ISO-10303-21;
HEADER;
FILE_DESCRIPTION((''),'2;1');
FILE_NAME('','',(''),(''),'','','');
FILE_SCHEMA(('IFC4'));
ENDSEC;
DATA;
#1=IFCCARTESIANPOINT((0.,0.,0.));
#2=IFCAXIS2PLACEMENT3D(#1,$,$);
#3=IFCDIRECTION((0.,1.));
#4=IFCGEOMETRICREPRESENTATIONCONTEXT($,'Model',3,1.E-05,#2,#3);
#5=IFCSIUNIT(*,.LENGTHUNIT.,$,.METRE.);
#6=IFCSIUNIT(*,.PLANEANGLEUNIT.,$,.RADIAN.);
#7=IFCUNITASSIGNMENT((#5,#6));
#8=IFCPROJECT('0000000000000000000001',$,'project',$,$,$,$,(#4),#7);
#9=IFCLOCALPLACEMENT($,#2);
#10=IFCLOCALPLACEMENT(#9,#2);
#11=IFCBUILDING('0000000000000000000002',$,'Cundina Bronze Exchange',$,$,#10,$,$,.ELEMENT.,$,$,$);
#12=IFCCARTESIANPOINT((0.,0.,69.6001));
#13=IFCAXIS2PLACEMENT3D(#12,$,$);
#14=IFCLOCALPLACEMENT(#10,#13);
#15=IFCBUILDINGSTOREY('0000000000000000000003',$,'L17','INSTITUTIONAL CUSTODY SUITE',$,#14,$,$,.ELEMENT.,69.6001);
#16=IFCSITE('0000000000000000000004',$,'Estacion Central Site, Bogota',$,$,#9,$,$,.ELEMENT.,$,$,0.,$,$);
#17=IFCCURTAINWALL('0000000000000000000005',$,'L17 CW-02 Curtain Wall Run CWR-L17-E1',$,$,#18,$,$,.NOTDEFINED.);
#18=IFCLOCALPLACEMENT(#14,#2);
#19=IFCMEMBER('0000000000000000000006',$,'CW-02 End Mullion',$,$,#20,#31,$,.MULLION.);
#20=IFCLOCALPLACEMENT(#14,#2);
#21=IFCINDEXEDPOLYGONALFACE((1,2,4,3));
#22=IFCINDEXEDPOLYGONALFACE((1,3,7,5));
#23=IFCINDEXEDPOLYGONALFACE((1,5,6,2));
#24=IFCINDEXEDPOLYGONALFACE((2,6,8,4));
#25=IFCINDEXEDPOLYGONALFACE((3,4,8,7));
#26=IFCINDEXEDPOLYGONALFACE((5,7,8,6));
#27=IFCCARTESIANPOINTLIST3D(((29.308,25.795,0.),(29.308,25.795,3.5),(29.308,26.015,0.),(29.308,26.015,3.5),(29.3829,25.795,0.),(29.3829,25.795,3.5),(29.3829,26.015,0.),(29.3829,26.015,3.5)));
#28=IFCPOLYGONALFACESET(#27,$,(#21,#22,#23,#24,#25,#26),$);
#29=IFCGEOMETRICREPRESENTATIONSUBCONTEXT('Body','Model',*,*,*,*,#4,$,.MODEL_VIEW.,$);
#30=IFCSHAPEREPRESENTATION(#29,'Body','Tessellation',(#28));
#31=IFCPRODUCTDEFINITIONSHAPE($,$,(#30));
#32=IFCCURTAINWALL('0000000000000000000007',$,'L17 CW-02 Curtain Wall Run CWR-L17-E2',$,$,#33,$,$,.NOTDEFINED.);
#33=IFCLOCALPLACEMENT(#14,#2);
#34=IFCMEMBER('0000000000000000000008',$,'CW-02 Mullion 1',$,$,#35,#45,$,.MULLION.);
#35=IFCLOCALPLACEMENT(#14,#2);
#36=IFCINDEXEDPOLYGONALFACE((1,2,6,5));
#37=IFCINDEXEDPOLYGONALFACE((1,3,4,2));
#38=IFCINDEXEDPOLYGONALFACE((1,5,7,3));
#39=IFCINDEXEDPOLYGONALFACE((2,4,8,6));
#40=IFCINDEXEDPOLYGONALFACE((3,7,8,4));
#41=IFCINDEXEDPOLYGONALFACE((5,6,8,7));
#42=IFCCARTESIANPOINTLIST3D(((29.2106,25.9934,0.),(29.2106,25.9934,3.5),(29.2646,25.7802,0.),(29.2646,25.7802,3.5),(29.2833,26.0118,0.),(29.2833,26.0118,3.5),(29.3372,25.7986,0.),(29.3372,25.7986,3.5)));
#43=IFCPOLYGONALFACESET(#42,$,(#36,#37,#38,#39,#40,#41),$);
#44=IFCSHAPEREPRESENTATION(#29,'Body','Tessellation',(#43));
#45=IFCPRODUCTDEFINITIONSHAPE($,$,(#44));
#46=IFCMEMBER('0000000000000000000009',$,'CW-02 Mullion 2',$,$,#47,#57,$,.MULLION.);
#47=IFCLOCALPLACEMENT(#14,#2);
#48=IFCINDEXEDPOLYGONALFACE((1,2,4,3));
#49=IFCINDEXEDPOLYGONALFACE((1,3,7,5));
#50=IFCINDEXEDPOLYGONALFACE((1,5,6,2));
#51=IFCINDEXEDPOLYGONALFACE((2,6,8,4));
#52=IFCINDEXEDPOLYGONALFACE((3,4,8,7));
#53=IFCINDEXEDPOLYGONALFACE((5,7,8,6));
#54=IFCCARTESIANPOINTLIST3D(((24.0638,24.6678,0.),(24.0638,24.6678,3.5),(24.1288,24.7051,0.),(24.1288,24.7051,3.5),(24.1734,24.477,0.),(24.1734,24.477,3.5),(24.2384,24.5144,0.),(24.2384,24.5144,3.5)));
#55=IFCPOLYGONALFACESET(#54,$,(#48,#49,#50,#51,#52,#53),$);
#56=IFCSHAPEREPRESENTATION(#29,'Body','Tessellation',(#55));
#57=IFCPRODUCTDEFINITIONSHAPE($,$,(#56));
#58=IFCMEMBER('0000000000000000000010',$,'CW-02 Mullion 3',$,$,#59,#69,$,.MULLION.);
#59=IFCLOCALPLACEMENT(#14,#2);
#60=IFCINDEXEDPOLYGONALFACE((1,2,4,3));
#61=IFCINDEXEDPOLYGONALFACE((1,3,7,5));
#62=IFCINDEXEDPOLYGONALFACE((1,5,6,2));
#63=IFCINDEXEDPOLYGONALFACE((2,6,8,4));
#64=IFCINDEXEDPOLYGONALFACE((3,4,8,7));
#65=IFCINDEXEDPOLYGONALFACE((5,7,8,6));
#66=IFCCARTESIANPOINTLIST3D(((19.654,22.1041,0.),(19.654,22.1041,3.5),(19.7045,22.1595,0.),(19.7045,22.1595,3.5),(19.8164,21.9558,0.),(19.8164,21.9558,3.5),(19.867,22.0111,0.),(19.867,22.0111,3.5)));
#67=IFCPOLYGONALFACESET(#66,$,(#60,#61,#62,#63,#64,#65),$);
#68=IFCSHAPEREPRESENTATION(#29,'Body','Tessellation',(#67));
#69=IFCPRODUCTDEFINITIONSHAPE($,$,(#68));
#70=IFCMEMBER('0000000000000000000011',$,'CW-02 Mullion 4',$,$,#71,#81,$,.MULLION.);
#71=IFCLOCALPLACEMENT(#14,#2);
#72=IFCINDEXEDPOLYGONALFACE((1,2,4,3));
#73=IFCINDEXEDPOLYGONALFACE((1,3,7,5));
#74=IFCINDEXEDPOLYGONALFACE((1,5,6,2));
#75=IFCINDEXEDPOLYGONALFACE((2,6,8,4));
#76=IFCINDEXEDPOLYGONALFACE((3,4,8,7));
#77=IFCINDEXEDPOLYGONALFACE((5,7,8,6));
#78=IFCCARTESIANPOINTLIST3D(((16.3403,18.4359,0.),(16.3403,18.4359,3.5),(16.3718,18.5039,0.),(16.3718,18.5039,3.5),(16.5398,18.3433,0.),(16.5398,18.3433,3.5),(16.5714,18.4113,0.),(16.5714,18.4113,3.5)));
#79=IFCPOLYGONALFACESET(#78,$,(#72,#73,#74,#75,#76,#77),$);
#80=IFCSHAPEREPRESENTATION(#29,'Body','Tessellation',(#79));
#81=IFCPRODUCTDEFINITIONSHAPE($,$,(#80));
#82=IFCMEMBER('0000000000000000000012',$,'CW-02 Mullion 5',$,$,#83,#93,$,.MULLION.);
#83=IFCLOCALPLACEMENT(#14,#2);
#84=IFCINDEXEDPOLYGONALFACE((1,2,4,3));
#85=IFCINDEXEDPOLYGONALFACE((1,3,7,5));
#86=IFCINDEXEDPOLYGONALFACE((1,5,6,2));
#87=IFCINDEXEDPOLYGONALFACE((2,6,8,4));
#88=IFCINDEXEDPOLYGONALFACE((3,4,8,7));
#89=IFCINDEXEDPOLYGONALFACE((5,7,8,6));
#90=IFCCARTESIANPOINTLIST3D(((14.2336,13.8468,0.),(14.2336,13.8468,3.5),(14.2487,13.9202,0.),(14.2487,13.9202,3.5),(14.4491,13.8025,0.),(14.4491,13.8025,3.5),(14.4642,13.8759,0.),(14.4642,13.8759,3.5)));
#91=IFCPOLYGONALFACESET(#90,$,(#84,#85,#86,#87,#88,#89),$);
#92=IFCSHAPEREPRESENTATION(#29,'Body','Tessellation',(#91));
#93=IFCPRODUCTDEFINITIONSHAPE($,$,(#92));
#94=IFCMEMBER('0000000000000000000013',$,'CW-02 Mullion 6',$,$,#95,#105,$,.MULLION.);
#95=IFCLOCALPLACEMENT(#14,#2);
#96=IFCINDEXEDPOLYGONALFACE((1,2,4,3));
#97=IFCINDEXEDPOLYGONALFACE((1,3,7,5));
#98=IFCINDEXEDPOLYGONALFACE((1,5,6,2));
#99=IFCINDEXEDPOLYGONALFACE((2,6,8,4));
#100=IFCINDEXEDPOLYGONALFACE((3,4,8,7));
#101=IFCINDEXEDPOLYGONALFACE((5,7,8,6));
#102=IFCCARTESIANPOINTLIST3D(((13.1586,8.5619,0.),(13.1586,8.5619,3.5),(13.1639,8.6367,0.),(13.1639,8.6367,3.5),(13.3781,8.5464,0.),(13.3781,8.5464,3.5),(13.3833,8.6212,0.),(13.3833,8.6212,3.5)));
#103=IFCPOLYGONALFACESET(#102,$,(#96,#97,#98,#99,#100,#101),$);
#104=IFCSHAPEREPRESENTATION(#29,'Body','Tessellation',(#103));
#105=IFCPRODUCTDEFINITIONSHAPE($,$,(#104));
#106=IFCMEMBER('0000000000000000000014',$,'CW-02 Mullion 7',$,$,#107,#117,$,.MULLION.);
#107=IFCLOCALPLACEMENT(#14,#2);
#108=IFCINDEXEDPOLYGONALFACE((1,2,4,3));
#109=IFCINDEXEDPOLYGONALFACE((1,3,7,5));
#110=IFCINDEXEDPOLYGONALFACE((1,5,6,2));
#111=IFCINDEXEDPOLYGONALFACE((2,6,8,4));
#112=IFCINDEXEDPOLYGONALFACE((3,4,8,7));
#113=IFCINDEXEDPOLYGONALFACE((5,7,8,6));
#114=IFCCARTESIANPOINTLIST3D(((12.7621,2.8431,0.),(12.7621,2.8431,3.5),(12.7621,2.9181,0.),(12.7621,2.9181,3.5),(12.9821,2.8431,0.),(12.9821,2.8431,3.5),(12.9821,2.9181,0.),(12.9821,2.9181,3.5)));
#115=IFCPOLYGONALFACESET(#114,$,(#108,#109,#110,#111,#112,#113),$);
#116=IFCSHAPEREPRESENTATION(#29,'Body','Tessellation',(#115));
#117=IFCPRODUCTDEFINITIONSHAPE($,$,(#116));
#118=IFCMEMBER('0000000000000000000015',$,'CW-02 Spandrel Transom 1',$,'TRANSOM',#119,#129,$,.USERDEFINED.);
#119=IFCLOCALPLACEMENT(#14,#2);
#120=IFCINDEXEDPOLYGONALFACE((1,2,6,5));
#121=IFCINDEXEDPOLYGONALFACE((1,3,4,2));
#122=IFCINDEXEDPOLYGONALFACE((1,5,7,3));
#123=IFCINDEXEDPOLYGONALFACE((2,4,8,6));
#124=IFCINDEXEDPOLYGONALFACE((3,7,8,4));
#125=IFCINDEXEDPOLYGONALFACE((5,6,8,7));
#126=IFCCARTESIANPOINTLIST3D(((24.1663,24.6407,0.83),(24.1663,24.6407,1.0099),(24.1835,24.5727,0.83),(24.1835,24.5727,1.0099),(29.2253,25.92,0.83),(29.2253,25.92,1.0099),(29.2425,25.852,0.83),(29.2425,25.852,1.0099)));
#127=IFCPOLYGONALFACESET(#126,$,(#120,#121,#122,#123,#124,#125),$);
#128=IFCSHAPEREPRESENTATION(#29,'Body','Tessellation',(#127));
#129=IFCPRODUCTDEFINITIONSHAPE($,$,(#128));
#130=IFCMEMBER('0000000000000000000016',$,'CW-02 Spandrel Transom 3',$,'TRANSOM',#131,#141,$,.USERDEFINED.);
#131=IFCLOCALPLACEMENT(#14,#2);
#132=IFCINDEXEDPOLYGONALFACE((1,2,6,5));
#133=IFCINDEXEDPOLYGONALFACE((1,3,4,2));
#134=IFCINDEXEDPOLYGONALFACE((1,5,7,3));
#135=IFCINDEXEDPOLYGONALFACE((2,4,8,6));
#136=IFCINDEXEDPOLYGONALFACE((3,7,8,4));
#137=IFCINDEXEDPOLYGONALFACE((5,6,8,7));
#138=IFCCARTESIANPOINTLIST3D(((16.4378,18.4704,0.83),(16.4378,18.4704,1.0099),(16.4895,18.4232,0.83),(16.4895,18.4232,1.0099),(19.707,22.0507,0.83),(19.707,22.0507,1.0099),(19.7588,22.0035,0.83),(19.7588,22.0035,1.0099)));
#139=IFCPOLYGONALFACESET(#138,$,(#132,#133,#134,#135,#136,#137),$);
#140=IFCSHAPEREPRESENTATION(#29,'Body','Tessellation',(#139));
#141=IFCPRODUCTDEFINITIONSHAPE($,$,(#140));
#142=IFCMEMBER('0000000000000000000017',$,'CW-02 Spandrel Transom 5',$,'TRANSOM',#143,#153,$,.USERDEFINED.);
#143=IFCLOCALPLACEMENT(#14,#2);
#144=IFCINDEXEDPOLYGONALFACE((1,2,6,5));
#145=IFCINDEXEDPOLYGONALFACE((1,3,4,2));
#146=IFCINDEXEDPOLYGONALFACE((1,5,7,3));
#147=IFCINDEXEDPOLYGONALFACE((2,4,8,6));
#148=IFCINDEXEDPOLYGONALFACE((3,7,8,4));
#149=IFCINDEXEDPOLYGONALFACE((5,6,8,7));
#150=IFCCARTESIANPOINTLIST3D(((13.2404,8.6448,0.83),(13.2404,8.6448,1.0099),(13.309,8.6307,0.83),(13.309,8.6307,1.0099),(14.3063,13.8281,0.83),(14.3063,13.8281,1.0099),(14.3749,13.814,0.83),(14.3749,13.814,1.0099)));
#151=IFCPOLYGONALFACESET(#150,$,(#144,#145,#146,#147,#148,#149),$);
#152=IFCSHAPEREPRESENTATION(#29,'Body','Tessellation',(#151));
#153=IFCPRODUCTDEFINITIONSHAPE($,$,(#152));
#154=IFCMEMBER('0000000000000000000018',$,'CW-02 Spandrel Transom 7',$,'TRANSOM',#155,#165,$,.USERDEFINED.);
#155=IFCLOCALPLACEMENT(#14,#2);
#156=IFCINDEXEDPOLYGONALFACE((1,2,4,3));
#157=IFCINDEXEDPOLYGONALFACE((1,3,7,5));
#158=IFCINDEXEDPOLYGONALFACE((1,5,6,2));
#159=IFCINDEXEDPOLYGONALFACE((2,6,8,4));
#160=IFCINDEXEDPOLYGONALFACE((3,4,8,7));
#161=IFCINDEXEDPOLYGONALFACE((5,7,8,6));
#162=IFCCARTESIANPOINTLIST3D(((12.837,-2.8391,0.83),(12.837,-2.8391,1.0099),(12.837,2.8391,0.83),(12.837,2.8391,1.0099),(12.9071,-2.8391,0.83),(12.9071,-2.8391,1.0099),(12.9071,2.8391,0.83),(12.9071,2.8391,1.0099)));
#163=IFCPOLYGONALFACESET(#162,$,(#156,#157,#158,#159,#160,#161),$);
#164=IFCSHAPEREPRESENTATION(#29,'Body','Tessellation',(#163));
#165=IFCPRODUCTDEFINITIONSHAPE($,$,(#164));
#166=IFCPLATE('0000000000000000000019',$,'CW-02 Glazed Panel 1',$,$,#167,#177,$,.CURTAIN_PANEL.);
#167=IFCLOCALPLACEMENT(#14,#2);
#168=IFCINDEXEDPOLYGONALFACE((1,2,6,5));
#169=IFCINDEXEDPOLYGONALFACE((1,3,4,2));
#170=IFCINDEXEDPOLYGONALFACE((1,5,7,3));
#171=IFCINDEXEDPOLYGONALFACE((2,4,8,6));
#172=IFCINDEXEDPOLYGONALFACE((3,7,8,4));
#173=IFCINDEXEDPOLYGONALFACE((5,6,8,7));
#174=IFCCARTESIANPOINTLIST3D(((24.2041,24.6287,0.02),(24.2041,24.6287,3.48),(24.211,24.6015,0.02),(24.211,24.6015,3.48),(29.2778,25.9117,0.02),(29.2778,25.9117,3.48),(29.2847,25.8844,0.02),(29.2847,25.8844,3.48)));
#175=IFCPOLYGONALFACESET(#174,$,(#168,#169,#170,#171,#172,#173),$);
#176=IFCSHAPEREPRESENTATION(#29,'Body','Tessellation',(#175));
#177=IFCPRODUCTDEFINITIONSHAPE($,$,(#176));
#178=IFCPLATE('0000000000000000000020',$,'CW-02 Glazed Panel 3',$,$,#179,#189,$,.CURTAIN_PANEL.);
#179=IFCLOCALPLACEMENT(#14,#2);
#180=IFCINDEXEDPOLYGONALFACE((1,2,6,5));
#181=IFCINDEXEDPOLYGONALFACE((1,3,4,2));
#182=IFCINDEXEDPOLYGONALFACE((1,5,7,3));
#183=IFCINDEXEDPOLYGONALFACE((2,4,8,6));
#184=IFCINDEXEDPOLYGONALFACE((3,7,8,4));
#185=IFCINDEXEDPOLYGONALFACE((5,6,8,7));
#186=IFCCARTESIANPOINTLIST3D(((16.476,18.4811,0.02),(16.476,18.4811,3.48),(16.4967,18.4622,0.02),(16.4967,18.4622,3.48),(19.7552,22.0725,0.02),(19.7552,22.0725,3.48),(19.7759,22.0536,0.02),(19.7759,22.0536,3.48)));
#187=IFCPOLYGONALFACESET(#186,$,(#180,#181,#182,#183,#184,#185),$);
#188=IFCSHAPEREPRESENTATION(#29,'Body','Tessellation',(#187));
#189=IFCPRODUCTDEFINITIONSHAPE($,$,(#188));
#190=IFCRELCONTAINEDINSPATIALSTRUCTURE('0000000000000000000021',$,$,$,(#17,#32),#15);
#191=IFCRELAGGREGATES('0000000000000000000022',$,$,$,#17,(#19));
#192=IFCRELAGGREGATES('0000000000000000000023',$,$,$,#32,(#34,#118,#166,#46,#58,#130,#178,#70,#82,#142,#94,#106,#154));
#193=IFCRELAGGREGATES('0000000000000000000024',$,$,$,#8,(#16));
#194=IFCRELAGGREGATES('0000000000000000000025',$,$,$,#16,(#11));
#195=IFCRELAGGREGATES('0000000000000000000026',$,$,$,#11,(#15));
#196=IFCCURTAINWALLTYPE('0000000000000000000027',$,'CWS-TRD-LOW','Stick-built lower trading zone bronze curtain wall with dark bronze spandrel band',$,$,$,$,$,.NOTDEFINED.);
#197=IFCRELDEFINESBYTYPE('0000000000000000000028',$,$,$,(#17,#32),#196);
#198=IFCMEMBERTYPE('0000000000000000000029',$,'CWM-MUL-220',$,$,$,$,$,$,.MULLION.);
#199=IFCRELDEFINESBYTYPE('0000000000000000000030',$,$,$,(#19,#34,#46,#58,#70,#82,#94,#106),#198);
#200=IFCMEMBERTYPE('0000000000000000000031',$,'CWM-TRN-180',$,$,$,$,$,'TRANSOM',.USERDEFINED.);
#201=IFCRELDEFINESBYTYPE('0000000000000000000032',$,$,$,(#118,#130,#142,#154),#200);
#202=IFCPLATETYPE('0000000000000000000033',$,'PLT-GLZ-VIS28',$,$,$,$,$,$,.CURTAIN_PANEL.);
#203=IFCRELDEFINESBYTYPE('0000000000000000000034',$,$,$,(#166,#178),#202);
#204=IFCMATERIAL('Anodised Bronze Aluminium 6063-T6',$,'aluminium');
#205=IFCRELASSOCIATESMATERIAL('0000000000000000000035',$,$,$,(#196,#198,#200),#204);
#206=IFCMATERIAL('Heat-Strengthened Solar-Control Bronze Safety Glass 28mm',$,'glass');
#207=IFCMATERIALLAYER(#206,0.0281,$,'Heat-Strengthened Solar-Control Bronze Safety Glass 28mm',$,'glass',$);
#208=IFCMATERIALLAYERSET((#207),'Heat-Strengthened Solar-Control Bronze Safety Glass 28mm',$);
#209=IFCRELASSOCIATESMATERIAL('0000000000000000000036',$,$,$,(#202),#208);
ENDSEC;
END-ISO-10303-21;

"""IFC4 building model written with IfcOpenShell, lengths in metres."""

from ifc_helpers import new_model, si_unit, direction, frame, origin, origin_2d, place, context, subcontext, project, spatial, rectangle, extrude, material, layer, layer_set, material_profile, profile_set, type_object, element, aggregate, save


model = new_model("IFC4")

# Units and contexts
model_context = context("Model", 3, precision=1e-05, world=origin(), true_north=direction((0.0, 1.0)))
body_context = subcontext(model_context, "Body", "Model", "MODEL_VIEW")
ifc_project = project(units=[si_unit("LENGTHUNIT", "METRE"), si_unit("PLANEANGLEUNIT", "RADIAN")], contexts=[model_context])

# Site, building, storey
site_placement = place(None, origin())
site = spatial("IfcSite", under=ifc_project, at=site_placement, Name="Estacion Central Site, Bogota", CompositionType="ELEMENT", RefElevation=0.0)
building_placement = place(site_placement, origin())
building = spatial("IfcBuilding", under=site, at=building_placement, Name="Cundina Bronze Exchange", CompositionType="ELEMENT")
storey_placement = place(building_placement, frame((0.0, 0.0, 69.6001)))
storey = spatial("IfcBuildingStorey", under=building, at=storey_placement, Name="L17", Description="INSTITUTIONAL CUSTODY SUITE", CompositionType="ELEMENT", Elevation=69.6001)

# Curtain wall, member
ifc_material_1 = material(Name="Anodised Bronze Aluminium 6063-T6", Category="aluminium")
curtain_wall_type = type_object("IfcCurtainWallType", Name="CWS-TRD-LOW", Description="Stick-built lower trading zone bronze curtain wall with dark bronze spandrel band", PredefinedType="NOTDEFINED", material=ifc_material_1)
curtain_wall_1_placement = place(storey_placement, origin())
curtain_wall_1 = element("IfcCurtainWall", 1, at=curtain_wall_1_placement, inside=storey, type_object=curtain_wall_type, Name="L17 CW-02 Curtain Wall Run CWR-L17-E1", PredefinedType="NOTDEFINED")
ifc_material_profile_1 = material_profile(ifc_material_1, rectangle(XDim=0.075, YDim=0.22, at=origin_2d()), Name="AL75X220", Category="aluminium")
ifc_profile_set_1 = profile_set([ifc_material_profile_1], Name="Anodised Bronze Aluminium 6063-T6")
member_type_1 = type_object("IfcMemberType", Name="CWM-MUL-220", PredefinedType="MULLION", material=ifc_profile_set_1)
member_1_placement = place(storey_placement, frame((29.3455, 25.905, 0.0), z_axis=(0.0, 0.0, 1.0), x_axis=(-1.0, 0.0, 0.0)))
member_1 = element("IfcMember", 2, at=member_1_placement, type_object=member_type_1, Name="CW-02 End Mullion", PredefinedType="MULLION", context=body_context, shape_type="SweptSolid", body=[
    extrude(rectangle(XDim=0.075, YDim=0.22, at=origin_2d()), origin(), (0.0, 0.0, 1.0), 3.5),
])
aggregate(curtain_wall_1, [member_1])

# Curtain wall, members, plates
curtain_wall_2_placement = place(storey_placement, origin())
curtain_wall_2 = element("IfcCurtainWall", 3, at=curtain_wall_2_placement, inside=storey, type_object=curtain_wall_type, Name="L17 CW-02 Curtain Wall Run CWR-L17-E2", PredefinedType="NOTDEFINED")
member_2_placement = place(storey_placement, frame((29.2739, 25.896, 0.0), z_axis=(0.0, 0.0, 1.0), x_axis=(-0.969488, -0.245138, 0.0)))
member_2 = element("IfcMember", 4, at=member_2_placement, type_object=member_type_1, Name="CW-02 Mullion 1", PredefinedType="MULLION", context=body_context, shape_type="SweptSolid", body=[
    extrude(rectangle(XDim=0.075, YDim=0.22, at=origin_2d()), origin(), (0.0, 0.0, 1.0), 3.5),
])
member_3_placement = place(storey_placement, frame((24.1511, 24.5911, 0.0), z_axis=(0.0, 0.0, 1.0), x_axis=(-0.867071, -0.498185, 0.0)))
member_3 = element("IfcMember", 5, at=member_3_placement, type_object=member_type_1, Name="CW-02 Mullion 2", PredefinedType="MULLION", context=body_context, shape_type="SweptSolid", body=[
    extrude(rectangle(XDim=0.075, YDim=0.22, at=origin_2d()), origin(), (0.0, 0.0, 1.0), 3.5),
])
member_4_placement = place(storey_placement, frame((19.7605, 22.0576, 0.0), z_axis=(0.0, 0.0, 1.0), x_axis=(-0.674302, -0.738455, 0.0)))
member_4 = element("IfcMember", 6, at=member_4_placement, type_object=member_type_1, Name="CW-02 Mullion 3", PredefinedType="MULLION", context=body_context, shape_type="SweptSolid", body=[
    extrude(rectangle(XDim=0.075, YDim=0.22, at=origin_2d()), origin(), (0.0, 0.0, 1.0), 3.5),
])
member_5_placement = place(storey_placement, frame((16.4558, 18.4236, 0.0), z_axis=(0.0, 0.0, 1.0), x_axis=(-0.420877, -0.907117, 0.0)))
member_5 = element("IfcMember", 7, at=member_5_placement, type_object=member_type_1, Name="CW-02 Mullion 4", PredefinedType="MULLION", context=body_context, shape_type="SweptSolid", body=[
    extrude(rectangle(XDim=0.075, YDim=0.22, at=origin_2d()), origin(), (0.0, 0.0, 1.0), 3.5),
])
member_6_placement = place(storey_placement, frame((14.3489, 13.8613, 0.0), z_axis=(0.0, 0.0, 1.0), x_axis=(-0.20142, -0.979505, 0.0)))
member_6 = element("IfcMember", 8, at=member_6_placement, type_object=member_type_1, Name="CW-02 Mullion 5", PredefinedType="MULLION", context=body_context, shape_type="SweptSolid", body=[
    extrude(rectangle(XDim=0.075, YDim=0.22, at=origin_2d()), origin(), (0.0, 0.0, 1.0), 3.5),
])
member_7_placement = place(storey_placement, frame((13.271, 8.5916, 0.0), z_axis=(0.0, 0.0, 1.0), x_axis=(-0.070279, -0.997527, 0.0)))
member_7 = element("IfcMember", 9, at=member_7_placement, type_object=member_type_1, Name="CW-02 Mullion 6", PredefinedType="MULLION", context=body_context, shape_type="SweptSolid", body=[
    extrude(rectangle(XDim=0.075, YDim=0.22, at=origin_2d()), origin(), (0.0, 0.0, 1.0), 3.5),
])
member_8_placement = place(storey_placement, frame((12.8721, 2.8806, 0.0), z_axis=(0.0, 0.0, 1.0), x_axis=(0.0, -1.0, 0.0)))
member_8 = element("IfcMember", 10, at=member_8_placement, type_object=member_type_1, Name="CW-02 Mullion 7", PredefinedType="MULLION", context=body_context, shape_type="SweptSolid", body=[
    extrude(rectangle(XDim=0.075, YDim=0.22, at=origin_2d()), origin(), (0.0, 0.0, 1.0), 3.5),
])
ifc_material_profile_2 = material_profile(ifc_material_1, rectangle(XDim=0.0701, YDim=0.1799, at=origin_2d()), Name="AL70X180", Category="aluminium")
ifc_profile_set_2 = profile_set([ifc_material_profile_2], Name="Anodised Bronze Aluminium 6063-T6")
member_type_2 = type_object("IfcMemberType", Name="CWM-TRN-180", ElementType="TRANSOM", PredefinedType="USERDEFINED", material=ifc_profile_set_2)
member_9_placement = place(storey_placement, frame((29.2339, 25.886, 0.9199), z_axis=(-0.969484, -0.245155, 0.0), x_axis=(0.245155, -0.969484, 0.0)))
member_9 = element("IfcMember", 11, at=member_9_placement, type_object=member_type_2, Name="CW-02 Spandrel Transom 1", ObjectType="TRANSOM", PredefinedType="USERDEFINED", context=body_context, shape_type="SweptSolid", body=[
    extrude(rectangle(XDim=0.0701, YDim=0.1799, at=origin_2d()), origin(), (0.0, 0.0, 1.0), 5.2183),
])
member_10_placement = place(storey_placement, frame((19.7329, 22.0271, 0.9199), z_axis=(-0.674303, -0.738455, 0.0), x_axis=(0.738455, -0.674303, 0.0)))
member_10 = element("IfcMember", 12, at=member_10_placement, type_object=member_type_2, Name="CW-02 Spandrel Transom 3", ObjectType="TRANSOM", PredefinedType="USERDEFINED", context=body_context, shape_type="SweptSolid", body=[
    extrude(rectangle(XDim=0.0701, YDim=0.1799, at=origin_2d()), origin(), (0.0, 0.0, 1.0), 4.8484),
])
member_11_placement = place(storey_placement, frame((14.3406, 13.821, 0.9199), z_axis=(-0.201428, -0.979503, 0.0), x_axis=(0.979503, -0.201428, 0.0)))
member_11 = element("IfcMember", 13, at=member_11_placement, type_object=member_type_2, Name="CW-02 Spandrel Transom 5", ObjectType="TRANSOM", PredefinedType="USERDEFINED", context=body_context, shape_type="SweptSolid", body=[
    extrude(rectangle(XDim=0.0701, YDim=0.1799, at=origin_2d()), origin(), (0.0, 0.0, 1.0), 5.2917),
])
member_12_placement = place(storey_placement, frame((12.8721, 2.8391, 0.9199), z_axis=(0.0, -1.0, 0.0), x_axis=(1.0, 0.0, 0.0)))
member_12 = element("IfcMember", 14, at=member_12_placement, type_object=member_type_2, Name="CW-02 Spandrel Transom 7", ObjectType="TRANSOM", PredefinedType="USERDEFINED", context=body_context, shape_type="SweptSolid", body=[
    extrude(rectangle(XDim=0.0701, YDim=0.1799, at=origin_2d()), origin(), (0.0, 0.0, 1.0), 5.6782),
])
ifc_material_2 = material(Name="Heat-Strengthened Solar-Control Bronze Safety Glass 28mm", Category="glass")
ifc_layer_1 = layer(ifc_material_2, 0.0281, Name="Heat-Strengthened Solar-Control Bronze Safety Glass 28mm", Category="glass")
ifc_layer_set_1 = layer_set([ifc_layer_1], Name="Heat-Strengthened Solar-Control Bronze Safety Glass 28mm")
plate_type_1 = type_object("IfcPlateType", Name="PLT-GLZ-VIS28", PredefinedType="CURTAIN_PANEL", material=ifc_layer_set_1)
plate_1_placement = place(storey_placement, frame((26.7444, 25.2566, 0.02), z_axis=(0.0, 0.0, 1.0), x_axis=(-0.969488, -0.245138, 0.0)))
plate_1 = element("IfcPlate", 15, at=plate_1_placement, type_object=plate_type_1, Name="CW-02 Glazed Panel 1", PredefinedType="CURTAIN_PANEL", context=body_context, shape_type="SweptSolid", body=[
    extrude(rectangle(XDim=5.2334, YDim=0.0281, at=origin_2d()), origin(), (0.0, 0.0, 1.0), 3.46),
])
plate_2_placement = place(storey_placement, frame((18.126, 20.2673, 0.02), z_axis=(0.0, 0.0, 1.0), x_axis=(-0.674277, -0.738479, 0.0)))
plate_2 = element("IfcPlate", 16, at=plate_2_placement, type_object=plate_type_1, Name="CW-02 Glazed Panel 3", PredefinedType="CURTAIN_PANEL", context=body_context, shape_type="SweptSolid", body=[
    extrude(rectangle(XDim=4.8633, YDim=0.0281, at=origin_2d()), origin(), (0.0, 0.0, 1.0), 3.46),
])
aggregate(curtain_wall_2, [member_2, member_9, plate_1, member_3, member_4, member_10, plate_2, member_5, member_6, member_11, member_7, member_8, member_12])

save(model, "model.ifc")
